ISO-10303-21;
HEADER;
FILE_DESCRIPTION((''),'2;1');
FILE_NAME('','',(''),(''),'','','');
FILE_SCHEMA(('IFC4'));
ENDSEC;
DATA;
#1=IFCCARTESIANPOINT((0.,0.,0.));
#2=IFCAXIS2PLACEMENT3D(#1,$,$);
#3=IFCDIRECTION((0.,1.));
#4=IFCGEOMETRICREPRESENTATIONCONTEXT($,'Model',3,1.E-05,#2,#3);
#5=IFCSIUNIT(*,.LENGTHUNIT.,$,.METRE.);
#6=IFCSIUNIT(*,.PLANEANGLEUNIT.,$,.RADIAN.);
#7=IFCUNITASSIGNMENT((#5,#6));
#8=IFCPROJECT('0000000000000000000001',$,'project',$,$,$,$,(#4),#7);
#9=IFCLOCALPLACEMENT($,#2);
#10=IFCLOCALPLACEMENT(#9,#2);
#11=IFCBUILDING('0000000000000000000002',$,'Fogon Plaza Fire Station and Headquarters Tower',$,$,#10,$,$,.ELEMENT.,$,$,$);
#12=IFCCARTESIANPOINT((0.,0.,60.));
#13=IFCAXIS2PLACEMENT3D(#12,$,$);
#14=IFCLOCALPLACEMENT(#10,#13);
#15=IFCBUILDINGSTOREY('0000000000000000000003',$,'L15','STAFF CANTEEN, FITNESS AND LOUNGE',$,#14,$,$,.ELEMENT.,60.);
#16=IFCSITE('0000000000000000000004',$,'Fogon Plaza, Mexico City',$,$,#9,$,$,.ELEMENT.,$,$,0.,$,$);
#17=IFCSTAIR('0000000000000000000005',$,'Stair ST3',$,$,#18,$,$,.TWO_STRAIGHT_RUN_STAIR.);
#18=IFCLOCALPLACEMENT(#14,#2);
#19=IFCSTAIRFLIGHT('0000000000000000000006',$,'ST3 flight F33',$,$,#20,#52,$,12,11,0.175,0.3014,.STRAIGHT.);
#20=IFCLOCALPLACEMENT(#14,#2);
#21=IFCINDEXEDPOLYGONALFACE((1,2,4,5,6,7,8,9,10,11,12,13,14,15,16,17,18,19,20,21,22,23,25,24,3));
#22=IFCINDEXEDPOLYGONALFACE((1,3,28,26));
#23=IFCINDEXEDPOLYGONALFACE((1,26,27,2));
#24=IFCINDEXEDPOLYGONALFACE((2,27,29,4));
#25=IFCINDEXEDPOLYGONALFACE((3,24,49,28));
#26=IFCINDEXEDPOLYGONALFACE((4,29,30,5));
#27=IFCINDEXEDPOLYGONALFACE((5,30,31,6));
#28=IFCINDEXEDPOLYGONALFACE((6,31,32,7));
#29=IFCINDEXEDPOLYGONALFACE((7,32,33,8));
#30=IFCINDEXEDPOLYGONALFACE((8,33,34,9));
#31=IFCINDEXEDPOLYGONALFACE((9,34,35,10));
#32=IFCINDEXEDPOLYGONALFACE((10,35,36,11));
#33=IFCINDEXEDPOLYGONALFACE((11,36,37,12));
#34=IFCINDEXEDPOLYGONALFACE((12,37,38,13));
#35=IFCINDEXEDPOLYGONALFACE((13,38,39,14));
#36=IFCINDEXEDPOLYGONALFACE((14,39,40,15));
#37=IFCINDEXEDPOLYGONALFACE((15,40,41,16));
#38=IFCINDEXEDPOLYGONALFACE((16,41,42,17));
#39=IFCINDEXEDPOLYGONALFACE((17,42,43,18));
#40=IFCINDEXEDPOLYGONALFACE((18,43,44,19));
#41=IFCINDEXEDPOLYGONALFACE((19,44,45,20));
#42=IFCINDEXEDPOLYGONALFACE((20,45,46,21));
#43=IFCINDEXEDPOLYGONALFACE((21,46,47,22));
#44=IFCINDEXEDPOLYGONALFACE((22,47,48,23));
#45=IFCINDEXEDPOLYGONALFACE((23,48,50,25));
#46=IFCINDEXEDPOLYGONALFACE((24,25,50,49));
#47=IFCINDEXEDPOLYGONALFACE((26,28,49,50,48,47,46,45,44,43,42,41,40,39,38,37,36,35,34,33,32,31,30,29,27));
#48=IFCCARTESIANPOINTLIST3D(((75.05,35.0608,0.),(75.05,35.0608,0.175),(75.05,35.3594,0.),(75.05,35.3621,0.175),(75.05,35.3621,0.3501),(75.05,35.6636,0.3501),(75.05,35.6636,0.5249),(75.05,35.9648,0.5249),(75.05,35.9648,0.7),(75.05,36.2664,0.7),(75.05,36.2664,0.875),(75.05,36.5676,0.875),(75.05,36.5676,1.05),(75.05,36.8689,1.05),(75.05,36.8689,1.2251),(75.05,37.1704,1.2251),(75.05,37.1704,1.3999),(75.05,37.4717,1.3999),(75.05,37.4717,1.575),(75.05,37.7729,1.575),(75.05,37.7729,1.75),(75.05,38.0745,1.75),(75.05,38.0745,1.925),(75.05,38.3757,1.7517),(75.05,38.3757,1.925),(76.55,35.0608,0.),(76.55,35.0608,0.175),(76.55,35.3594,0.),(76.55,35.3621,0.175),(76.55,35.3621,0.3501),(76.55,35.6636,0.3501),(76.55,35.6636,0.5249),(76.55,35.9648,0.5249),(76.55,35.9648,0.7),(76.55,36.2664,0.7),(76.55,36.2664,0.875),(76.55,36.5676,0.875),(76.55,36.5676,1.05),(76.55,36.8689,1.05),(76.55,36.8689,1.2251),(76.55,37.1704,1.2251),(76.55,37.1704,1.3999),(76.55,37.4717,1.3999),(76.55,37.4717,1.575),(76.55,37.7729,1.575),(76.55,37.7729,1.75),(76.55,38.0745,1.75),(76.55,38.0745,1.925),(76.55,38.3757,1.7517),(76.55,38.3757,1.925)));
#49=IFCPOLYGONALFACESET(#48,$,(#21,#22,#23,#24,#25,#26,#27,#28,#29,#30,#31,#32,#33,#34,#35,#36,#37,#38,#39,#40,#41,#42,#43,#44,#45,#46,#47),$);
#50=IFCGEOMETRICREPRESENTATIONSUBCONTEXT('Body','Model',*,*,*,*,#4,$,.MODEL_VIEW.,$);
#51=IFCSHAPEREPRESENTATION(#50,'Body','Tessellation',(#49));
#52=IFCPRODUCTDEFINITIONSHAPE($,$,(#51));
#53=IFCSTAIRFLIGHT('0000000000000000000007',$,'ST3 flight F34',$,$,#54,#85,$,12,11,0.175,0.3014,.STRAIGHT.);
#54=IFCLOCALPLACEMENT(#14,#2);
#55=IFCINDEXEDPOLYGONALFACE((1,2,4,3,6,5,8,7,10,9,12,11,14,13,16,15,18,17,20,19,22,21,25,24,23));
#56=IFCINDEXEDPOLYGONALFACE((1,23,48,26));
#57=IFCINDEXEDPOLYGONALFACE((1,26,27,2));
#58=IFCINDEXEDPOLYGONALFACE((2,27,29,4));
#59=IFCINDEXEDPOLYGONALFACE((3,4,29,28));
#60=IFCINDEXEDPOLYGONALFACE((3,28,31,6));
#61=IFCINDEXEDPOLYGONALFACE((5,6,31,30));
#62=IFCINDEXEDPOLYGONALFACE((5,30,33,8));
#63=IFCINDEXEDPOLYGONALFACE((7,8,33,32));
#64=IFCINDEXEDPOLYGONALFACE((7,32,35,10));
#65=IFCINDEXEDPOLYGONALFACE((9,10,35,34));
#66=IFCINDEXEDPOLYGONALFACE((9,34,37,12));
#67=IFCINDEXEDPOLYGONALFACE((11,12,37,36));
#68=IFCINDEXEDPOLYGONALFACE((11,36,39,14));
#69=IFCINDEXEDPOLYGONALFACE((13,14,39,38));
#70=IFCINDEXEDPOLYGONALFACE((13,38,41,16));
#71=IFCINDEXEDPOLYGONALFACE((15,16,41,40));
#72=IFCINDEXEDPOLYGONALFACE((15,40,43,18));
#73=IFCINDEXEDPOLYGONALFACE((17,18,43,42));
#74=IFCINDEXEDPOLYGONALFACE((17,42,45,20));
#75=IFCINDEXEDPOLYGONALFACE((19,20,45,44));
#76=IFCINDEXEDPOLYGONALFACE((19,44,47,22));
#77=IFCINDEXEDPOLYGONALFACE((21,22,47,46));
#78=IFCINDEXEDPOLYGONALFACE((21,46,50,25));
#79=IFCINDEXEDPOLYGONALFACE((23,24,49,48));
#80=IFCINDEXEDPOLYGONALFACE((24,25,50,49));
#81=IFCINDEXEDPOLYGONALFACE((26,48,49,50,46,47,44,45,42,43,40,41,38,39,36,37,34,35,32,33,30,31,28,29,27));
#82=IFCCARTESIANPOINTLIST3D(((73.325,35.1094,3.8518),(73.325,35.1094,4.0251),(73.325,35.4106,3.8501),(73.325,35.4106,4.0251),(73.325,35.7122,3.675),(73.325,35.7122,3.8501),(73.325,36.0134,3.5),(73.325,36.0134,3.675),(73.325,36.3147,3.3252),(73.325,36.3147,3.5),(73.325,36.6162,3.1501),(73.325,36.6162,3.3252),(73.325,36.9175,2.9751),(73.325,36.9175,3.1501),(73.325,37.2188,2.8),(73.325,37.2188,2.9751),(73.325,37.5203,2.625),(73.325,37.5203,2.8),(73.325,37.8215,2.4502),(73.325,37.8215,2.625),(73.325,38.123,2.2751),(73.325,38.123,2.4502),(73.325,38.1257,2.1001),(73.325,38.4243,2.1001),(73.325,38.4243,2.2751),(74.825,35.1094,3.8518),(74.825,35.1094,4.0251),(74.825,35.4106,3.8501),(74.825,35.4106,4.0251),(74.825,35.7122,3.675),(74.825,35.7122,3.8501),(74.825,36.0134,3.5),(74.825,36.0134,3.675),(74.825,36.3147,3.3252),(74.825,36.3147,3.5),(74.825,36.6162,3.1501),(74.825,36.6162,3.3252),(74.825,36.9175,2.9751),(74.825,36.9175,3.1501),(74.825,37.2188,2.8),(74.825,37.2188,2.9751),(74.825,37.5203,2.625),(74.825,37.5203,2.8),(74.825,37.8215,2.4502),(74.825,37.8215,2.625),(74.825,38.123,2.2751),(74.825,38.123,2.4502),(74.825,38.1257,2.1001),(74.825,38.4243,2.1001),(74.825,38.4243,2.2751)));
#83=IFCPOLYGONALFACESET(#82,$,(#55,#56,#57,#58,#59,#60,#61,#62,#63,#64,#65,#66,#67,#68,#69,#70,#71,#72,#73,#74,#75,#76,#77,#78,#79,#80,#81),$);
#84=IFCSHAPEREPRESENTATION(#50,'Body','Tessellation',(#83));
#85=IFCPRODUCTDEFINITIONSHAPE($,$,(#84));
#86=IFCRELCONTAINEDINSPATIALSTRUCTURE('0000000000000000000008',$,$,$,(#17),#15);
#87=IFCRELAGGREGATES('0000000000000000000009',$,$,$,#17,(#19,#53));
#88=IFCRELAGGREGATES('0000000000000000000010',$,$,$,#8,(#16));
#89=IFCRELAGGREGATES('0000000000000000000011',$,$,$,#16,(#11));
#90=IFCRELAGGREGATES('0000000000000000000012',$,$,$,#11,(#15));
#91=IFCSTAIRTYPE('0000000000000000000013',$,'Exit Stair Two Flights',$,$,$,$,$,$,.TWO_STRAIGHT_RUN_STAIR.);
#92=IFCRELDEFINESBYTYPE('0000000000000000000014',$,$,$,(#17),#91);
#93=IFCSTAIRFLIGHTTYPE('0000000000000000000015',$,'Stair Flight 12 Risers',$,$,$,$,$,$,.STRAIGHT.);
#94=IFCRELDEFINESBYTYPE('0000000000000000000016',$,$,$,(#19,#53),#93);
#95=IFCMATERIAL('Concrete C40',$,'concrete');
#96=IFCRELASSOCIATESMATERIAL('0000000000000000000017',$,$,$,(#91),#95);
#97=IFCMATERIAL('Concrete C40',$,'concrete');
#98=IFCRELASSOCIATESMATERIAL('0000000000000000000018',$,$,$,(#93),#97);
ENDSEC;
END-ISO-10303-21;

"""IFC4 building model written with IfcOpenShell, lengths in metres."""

from ifc_helpers import new_model, si_unit, direction, frame, origin, place, context, subcontext, project, spatial, polyline, outline, extrude, material, type_object, element, aggregate, save


model = new_model("IFC4")

# Units and contexts
model_context = context("Model", 3, precision=1e-05, world=origin(), true_north=direction((0.0, 1.0)))
body_context = subcontext(model_context, "Body", "Model", "MODEL_VIEW")
ifc_project = project(units=[si_unit("LENGTHUNIT", "METRE"), si_unit("PLANEANGLEUNIT", "RADIAN")], contexts=[model_context])

# Site, building, storey
site_placement = place(None, origin())
site = spatial("IfcSite", under=ifc_project, at=site_placement, Name="Fogon Plaza, Mexico City", CompositionType="ELEMENT", RefElevation=0.0)
building_placement = place(site_placement, origin())
building = spatial("IfcBuilding", under=site, at=building_placement, Name="Fogon Plaza Fire Station and Headquarters Tower", CompositionType="ELEMENT")
storey_placement = place(building_placement, frame((0.0, 0.0, 60.0)))
storey = spatial("IfcBuildingStorey", under=building, at=storey_placement, Name="L15", Description="STAFF CANTEEN, FITNESS AND LOUNGE", CompositionType="ELEMENT", Elevation=60.0)

# Stair, stair flights
ifc_material_1 = material(Name="Concrete C40", Category="concrete")
stair_type = type_object("IfcStairType", Name="Exit Stair Two Flights", PredefinedType="TWO_STRAIGHT_RUN_STAIR", material=ifc_material_1)
stair_placement = place(storey_placement, origin())
stair = element("IfcStair", 1, at=stair_placement, inside=storey, type_object=stair_type, Name="Stair ST3", PredefinedType="TWO_STRAIGHT_RUN_STAIR")
ifc_material_2 = material(Name="Concrete C40", Category="concrete")
stair_flight_type = type_object("IfcStairFlightType", Name="Stair Flight 12 Risers", PredefinedType="STRAIGHT", material=ifc_material_2)
stair_flight_1_placement = place(storey_placement, frame((75.8, 35.0608, 0.0), z_axis=(0.0, 0.0, 1.0), x_axis=(0.0, 1.0, 0.0)))
stair_flight_1 = element("IfcStairFlight", 2, at=stair_flight_1_placement, type_object=stair_flight_type, Name="ST3 flight F33", NumberOfRisers=12, NumberOfTreads=11, PredefinedType="STRAIGHT", RiserHeight=0.175, TreadLength=0.3014, context=body_context, shape_type="SweptSolid", body=[
    extrude(outline(polyline([(0.0, 0.0), (0.0, 0.175), (0.3013, 0.175), (0.3013, 0.3501), (0.6028, 0.3501), (0.6028, 0.5249), (0.9041, 0.5249), (0.9041, 0.7), (1.2056, 0.7), (1.2056, 0.875), (1.5068, 0.875), (1.5068, 1.05), (1.8081, 1.05), (1.8081, 1.2251), (2.1096, 1.2251), (2.1096, 1.3999), (2.4109, 1.3999), (2.4109, 1.575), (2.7122, 1.575), (2.7122, 1.75), (3.0137, 1.75), (3.0137, 1.925), (3.3149, 1.925), (3.3149, 2.1001), (3.3149, 1.7517), (0.2986, 0.0), (0.0, 0.0)])), frame((0.0, 0.75, 0.0), z_axis=(0.0, -1.0, 0.0), x_axis=(1.0, 0.0, 0.0)), (0.0, 0.0, 1.0), 1.5),
])
stair_flight_2_placement = place(storey_placement, frame((74.075, 38.4243, 2.1001), z_axis=(0.0, 0.0, 1.0), x_axis=(0.0, -1.0, 0.0)))
stair_flight_2 = element("IfcStairFlight", 3, at=stair_flight_2_placement, type_object=stair_flight_type, Name="ST3 flight F34", NumberOfRisers=12, NumberOfTreads=11, PredefinedType="STRAIGHT", RiserHeight=0.175, TreadLength=0.3014, context=body_context, shape_type="SweptSolid", body=[
    extrude(outline(polyline([(0.0, 0.0), (0.0, 0.175), (0.3013, 0.175), (0.3013, 0.3501), (0.6028, 0.3501), (0.6028, 0.5249), (0.9041, 0.5249), (0.9041, 0.7), (1.2056, 0.7), (1.2056, 0.875), (1.5068, 0.875), (1.5068, 1.05), (1.8081, 1.05), (1.8081, 1.2251), (2.1096, 1.2251), (2.1096, 1.3999), (2.4109, 1.3999), (2.4109, 1.575), (2.7122, 1.575), (2.7122, 1.75), (3.0137, 1.75), (3.0137, 1.925), (3.3149, 1.925), (3.3149, 2.1001), (3.3149, 1.7517), (0.2986, 0.0), (0.0, 0.0)])), frame((0.0, 0.75, 0.0), z_axis=(0.0, -1.0, 0.0), x_axis=(1.0, 0.0, 0.0)), (0.0, 0.0, 1.0), 1.5),
])
aggregate(stair, [stair_flight_1, stair_flight_2])

save(model, "model.ifc")
